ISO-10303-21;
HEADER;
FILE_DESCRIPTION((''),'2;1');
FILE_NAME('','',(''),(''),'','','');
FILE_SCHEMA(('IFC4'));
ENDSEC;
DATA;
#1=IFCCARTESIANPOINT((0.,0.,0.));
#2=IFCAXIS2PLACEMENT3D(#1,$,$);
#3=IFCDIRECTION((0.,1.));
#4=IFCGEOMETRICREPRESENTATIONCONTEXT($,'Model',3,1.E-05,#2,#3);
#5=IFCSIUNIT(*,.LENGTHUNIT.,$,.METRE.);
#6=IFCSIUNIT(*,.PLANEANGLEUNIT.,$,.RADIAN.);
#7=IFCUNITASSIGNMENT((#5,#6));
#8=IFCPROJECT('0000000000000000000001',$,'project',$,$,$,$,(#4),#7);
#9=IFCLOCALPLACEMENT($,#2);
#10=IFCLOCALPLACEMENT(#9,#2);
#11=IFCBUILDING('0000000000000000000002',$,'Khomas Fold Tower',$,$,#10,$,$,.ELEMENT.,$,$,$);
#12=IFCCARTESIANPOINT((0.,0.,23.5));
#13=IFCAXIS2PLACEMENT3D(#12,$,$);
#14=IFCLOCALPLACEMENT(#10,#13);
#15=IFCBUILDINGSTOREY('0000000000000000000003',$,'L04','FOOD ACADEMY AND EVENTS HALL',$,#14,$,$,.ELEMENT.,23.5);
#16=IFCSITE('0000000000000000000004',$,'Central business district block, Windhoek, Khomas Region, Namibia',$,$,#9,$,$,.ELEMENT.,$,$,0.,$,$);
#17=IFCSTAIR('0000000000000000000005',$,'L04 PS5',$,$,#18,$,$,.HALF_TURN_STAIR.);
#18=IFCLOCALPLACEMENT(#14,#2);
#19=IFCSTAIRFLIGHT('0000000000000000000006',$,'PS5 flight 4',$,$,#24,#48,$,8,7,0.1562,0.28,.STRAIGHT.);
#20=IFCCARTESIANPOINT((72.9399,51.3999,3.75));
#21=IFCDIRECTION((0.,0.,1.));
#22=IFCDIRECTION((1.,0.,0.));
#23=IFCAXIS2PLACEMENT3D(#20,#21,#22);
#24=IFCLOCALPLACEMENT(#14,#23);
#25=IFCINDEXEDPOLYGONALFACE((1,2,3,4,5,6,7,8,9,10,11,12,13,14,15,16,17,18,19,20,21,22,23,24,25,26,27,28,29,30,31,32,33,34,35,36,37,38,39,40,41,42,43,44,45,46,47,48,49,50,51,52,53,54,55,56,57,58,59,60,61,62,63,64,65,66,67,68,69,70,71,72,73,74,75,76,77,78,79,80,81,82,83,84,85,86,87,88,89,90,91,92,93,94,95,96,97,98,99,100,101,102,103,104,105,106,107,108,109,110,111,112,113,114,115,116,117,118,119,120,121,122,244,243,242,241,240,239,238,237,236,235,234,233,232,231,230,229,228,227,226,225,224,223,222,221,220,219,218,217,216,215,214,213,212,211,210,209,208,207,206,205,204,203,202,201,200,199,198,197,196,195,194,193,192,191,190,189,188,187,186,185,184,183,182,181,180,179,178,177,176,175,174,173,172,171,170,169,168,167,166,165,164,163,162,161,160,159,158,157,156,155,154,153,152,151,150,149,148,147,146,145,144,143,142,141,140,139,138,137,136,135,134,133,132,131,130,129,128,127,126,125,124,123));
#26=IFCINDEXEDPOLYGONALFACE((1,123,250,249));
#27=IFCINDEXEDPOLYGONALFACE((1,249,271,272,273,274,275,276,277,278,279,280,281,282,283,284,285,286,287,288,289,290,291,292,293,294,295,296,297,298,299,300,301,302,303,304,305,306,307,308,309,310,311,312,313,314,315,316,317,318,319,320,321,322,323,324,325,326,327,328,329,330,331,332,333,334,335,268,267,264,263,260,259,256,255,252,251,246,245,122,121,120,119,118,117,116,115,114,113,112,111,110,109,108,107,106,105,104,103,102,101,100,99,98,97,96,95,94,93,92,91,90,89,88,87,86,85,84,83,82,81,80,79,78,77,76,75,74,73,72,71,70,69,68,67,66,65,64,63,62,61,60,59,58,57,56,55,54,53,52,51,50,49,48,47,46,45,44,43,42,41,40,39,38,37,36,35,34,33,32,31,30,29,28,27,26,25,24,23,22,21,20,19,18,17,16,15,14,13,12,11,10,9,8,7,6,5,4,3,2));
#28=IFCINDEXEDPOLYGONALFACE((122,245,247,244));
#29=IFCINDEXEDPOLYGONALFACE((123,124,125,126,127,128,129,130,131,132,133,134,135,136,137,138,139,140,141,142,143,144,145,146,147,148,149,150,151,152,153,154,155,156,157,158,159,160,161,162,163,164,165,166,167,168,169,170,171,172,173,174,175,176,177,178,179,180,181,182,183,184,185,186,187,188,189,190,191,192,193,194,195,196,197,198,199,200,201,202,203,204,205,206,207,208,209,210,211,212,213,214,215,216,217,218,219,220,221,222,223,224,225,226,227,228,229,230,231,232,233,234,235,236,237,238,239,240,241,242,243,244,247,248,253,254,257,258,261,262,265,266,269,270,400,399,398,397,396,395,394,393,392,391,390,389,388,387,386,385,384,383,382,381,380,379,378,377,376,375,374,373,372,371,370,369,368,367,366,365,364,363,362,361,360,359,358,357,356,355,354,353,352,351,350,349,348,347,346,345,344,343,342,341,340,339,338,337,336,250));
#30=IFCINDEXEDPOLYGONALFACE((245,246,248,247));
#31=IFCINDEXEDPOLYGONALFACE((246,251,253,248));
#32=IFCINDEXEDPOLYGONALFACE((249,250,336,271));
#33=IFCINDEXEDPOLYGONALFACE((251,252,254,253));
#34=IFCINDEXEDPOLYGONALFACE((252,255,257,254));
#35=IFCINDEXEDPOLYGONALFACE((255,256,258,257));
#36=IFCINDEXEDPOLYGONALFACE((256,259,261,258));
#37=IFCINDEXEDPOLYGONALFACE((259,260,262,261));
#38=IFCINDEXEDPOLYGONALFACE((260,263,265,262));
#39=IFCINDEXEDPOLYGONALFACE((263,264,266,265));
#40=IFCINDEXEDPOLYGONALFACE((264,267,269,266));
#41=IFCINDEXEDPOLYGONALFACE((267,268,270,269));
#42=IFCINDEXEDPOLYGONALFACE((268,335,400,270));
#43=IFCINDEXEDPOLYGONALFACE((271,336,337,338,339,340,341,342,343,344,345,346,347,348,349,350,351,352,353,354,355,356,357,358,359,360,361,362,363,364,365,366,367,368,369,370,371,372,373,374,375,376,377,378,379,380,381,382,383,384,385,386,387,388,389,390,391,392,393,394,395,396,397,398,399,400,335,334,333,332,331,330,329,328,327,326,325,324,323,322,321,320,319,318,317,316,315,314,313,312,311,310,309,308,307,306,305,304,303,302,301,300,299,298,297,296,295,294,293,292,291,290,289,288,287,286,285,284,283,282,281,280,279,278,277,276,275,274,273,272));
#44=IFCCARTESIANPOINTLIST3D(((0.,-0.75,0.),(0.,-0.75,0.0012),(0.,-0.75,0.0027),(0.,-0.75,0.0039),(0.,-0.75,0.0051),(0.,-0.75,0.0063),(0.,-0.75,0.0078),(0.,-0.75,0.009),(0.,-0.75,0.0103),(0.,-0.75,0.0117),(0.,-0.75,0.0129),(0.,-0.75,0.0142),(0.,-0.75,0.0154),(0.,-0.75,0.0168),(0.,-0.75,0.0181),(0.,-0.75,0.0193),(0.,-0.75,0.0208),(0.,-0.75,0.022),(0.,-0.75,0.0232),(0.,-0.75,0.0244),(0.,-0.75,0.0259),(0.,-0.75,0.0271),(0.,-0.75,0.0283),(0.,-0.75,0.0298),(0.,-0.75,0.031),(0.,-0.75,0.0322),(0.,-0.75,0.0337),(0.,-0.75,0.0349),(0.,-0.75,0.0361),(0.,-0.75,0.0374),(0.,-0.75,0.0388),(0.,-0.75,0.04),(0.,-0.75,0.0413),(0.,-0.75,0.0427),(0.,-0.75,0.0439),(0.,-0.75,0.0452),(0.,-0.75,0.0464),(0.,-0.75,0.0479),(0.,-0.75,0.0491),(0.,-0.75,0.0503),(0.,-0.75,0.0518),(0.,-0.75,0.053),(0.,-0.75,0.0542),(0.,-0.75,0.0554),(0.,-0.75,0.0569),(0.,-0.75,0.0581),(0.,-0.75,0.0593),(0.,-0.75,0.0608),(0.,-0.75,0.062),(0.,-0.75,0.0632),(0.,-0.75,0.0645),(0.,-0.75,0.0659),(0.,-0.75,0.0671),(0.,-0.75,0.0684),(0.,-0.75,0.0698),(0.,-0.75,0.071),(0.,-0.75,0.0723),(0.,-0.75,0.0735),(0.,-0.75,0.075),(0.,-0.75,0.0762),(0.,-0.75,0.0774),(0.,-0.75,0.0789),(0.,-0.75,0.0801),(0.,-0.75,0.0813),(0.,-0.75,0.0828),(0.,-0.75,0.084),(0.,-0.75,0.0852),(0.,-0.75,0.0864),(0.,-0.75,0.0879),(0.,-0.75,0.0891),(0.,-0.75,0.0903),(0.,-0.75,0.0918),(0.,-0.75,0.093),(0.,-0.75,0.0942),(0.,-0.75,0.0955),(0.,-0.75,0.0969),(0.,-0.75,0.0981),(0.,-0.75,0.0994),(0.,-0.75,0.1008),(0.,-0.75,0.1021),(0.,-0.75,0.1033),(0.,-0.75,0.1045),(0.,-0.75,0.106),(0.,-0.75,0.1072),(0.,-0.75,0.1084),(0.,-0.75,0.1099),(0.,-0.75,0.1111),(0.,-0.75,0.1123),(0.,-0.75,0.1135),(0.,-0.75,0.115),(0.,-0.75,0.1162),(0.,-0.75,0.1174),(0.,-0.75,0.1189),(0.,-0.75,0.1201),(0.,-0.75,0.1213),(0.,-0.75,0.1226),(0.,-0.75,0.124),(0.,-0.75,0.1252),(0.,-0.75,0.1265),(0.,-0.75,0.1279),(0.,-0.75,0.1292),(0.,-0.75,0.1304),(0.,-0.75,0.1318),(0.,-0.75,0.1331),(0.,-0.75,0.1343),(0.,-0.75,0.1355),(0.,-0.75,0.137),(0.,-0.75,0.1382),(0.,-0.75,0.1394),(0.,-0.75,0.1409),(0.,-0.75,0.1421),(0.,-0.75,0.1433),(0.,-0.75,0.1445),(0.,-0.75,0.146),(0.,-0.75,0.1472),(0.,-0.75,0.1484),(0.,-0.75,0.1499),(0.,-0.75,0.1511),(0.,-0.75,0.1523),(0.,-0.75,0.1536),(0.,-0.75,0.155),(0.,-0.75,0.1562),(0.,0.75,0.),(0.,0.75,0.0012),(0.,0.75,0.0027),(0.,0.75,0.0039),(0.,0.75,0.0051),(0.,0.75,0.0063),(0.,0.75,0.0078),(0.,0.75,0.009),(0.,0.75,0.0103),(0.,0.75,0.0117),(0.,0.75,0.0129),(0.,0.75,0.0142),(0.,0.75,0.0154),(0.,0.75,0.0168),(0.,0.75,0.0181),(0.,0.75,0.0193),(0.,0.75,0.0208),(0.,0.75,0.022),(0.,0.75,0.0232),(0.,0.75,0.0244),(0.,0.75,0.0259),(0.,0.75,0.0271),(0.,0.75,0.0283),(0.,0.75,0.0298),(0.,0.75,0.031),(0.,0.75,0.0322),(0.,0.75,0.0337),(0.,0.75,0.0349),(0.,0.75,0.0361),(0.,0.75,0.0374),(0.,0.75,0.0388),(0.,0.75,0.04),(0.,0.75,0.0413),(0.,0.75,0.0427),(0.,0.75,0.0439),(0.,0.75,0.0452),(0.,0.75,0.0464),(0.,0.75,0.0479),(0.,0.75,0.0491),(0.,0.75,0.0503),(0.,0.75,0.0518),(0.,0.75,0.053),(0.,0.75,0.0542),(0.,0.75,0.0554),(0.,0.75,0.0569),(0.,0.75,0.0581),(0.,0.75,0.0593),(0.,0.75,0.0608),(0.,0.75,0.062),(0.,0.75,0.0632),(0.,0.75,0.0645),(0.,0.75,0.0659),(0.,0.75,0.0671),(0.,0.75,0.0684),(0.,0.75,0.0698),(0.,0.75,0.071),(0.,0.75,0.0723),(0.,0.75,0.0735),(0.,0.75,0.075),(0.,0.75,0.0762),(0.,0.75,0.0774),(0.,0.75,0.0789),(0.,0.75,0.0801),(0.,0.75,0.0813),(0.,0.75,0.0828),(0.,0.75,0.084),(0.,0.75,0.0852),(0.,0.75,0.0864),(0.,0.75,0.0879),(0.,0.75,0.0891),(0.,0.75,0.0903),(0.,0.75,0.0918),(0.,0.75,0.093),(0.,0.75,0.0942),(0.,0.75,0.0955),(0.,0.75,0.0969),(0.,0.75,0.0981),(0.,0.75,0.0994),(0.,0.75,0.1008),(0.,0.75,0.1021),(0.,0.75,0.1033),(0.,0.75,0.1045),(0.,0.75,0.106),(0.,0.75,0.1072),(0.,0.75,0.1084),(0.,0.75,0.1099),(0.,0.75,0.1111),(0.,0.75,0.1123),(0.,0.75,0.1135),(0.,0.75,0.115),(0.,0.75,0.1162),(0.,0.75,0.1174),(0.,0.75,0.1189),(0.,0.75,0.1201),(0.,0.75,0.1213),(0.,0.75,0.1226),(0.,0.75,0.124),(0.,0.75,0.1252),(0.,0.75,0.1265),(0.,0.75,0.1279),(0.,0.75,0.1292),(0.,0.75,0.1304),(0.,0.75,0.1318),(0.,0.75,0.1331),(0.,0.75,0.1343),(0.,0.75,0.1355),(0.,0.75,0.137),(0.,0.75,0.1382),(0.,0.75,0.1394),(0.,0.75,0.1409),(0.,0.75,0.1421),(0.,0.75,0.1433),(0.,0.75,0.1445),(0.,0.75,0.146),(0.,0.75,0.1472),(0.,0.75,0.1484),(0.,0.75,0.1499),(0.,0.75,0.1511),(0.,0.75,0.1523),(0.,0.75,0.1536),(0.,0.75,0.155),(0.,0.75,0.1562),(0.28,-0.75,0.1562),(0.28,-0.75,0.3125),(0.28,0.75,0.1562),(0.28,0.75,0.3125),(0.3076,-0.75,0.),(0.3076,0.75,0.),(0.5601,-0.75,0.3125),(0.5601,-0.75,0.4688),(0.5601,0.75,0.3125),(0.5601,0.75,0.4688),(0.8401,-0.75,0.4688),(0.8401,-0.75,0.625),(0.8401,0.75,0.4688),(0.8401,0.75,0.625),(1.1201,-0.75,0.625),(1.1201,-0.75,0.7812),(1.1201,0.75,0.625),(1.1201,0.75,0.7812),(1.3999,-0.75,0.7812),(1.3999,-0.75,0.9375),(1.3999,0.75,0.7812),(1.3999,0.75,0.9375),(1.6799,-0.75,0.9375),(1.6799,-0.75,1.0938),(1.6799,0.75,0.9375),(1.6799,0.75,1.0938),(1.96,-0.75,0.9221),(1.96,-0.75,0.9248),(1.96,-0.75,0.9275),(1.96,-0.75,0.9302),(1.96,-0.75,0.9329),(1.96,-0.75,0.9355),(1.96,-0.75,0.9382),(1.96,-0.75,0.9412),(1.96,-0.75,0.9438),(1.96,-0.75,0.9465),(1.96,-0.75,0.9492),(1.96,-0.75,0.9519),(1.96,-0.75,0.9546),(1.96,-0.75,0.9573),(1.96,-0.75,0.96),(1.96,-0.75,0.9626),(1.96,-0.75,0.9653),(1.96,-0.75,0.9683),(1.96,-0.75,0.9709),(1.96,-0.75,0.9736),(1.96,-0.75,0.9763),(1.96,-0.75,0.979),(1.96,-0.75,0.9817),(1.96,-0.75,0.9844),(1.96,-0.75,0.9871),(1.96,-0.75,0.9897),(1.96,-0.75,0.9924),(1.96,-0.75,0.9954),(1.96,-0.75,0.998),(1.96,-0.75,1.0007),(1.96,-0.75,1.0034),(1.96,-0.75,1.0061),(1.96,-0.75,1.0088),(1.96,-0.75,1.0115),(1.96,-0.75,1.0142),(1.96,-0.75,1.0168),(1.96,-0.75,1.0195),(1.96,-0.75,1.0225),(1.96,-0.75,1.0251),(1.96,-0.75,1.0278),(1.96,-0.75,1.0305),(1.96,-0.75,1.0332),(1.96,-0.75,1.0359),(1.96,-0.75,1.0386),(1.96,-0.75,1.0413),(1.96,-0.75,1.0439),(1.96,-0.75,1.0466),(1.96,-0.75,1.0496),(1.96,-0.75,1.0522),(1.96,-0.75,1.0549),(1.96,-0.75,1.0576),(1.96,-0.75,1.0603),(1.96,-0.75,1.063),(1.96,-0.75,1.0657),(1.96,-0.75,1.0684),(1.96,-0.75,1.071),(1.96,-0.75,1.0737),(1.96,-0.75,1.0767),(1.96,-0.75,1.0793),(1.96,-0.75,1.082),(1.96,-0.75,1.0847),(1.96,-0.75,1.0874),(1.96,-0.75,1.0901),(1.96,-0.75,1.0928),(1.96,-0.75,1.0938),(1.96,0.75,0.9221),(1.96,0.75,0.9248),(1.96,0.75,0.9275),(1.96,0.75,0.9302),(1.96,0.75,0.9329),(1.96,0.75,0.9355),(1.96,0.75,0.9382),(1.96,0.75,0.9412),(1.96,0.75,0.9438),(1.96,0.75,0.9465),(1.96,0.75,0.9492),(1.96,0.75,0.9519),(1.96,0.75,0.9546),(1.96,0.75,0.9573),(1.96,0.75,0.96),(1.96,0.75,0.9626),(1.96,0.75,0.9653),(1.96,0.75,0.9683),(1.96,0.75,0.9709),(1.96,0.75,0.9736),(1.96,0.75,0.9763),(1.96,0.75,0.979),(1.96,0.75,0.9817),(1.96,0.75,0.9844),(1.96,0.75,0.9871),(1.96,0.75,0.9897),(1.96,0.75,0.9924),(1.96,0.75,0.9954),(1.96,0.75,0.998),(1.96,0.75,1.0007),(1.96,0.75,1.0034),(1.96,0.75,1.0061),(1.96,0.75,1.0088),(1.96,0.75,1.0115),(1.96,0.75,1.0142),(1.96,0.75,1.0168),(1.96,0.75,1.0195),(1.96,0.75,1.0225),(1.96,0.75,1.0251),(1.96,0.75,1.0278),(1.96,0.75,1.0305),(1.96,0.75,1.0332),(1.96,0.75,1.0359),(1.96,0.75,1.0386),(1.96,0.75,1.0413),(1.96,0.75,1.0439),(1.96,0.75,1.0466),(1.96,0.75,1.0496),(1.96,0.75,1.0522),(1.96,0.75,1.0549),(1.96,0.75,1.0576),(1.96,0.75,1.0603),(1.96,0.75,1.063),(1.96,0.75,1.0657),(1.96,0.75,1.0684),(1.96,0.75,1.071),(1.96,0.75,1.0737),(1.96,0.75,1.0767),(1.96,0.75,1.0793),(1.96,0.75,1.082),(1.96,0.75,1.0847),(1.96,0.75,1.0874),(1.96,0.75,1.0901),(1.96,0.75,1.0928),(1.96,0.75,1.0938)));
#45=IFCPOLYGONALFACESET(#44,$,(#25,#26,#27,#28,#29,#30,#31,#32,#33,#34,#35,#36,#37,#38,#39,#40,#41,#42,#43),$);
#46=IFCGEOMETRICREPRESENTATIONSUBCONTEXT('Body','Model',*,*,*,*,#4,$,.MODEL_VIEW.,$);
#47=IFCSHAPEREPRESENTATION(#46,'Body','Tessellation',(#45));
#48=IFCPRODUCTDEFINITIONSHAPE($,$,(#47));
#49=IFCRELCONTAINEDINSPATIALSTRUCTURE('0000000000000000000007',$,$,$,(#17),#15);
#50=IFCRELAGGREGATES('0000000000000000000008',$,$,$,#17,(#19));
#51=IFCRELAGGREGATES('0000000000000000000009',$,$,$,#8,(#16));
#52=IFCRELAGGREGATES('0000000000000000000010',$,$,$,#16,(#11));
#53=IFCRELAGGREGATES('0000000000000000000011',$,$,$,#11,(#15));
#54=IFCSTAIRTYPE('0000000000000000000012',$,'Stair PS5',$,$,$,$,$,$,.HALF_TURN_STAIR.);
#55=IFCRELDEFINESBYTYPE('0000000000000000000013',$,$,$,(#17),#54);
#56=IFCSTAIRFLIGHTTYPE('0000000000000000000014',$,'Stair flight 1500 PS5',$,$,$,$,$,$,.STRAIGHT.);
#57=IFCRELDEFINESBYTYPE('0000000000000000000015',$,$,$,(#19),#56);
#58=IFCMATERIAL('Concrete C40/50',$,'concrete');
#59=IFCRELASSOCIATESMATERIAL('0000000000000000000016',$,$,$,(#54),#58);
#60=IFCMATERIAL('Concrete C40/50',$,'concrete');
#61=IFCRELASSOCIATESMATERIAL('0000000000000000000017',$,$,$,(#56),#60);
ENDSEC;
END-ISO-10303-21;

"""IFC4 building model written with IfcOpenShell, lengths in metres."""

from ifc_helpers import new_model, si_unit, direction, frame, origin, place, context, subcontext, project, spatial, polyline, outline, extrude, source, transform, mapped, material, type_object, element, aggregate, save


model = new_model("IFC4")

# Units and contexts
model_context = context("Model", 3, precision=1e-05, world=origin(), true_north=direction((0.0, 1.0)))
body_context = subcontext(model_context, "Body", "Model", "MODEL_VIEW")
ifc_project = project(units=[si_unit("LENGTHUNIT", "METRE"), si_unit("PLANEANGLEUNIT", "RADIAN")], contexts=[model_context])

# Site, building, storey
site_placement = place(None, origin())
site = spatial("IfcSite", under=ifc_project, at=site_placement, Name="Central business district block, Windhoek, Khomas Region, Namibia", CompositionType="ELEMENT", RefElevation=0.0)
building_placement = place(site_placement, origin())
building = spatial("IfcBuilding", under=site, at=building_placement, Name="Khomas Fold Tower", CompositionType="ELEMENT")
storey_placement = place(building_placement, frame((0.0, 0.0, 23.5)))
storey = spatial("IfcBuildingStorey", under=building, at=storey_placement, Name="L04", Description="FOOD ACADEMY AND EVENTS HALL", CompositionType="ELEMENT", Elevation=23.5)

# Stair, stair flight
ifc_material_1 = material(Name="Concrete C40/50", Category="concrete")
stair_type_1 = type_object("IfcStairType", Name="Stair PS5", PredefinedType="HALF_TURN_STAIR", material=ifc_material_1)
stair_1_placement = place(storey_placement, origin())
stair_1 = element("IfcStair", 1, at=stair_1_placement, inside=storey, type_object=stair_type_1, Name="L04 PS5", PredefinedType="HALF_TURN_STAIR")
ifc_material_2 = material(Name="Concrete C40/50", Category="concrete")
stair_flight_type_1 = type_object("IfcStairFlightType", Name="Stair flight 1500 PS5", PredefinedType="STRAIGHT", material=ifc_material_2)
shared_shape_1 = source(origin(), body_context, "Body", "SweptSolid", [
    extrude(outline(polyline([(0.0, 0.0), (0.0, 0.0012), (0.0, 0.0027), (0.0, 0.0039), (0.0, 0.0051), (0.0, 0.0063), (0.0, 0.0078), (0.0, 0.009), (0.0, 0.0103), (0.0, 0.0117), (0.0, 0.0129), (0.0, 0.0142), (0.0, 0.0154), (0.0, 0.0168), (0.0, 0.0181), (0.0, 0.0193), (0.0, 0.0208), (0.0, 0.022), (0.0, 0.0232), (0.0, 0.0244), (0.0, 0.0259), (0.0, 0.0271), (0.0, 0.0283), (0.0, 0.0298), (0.0, 0.031), (0.0, 0.0322), (0.0, 0.0337), (0.0, 0.0349), (0.0, 0.0361), (0.0, 0.0374), (0.0, 0.0388), (0.0, 0.04), (0.0, 0.0413), (0.0, 0.0427), (0.0, 0.0439), (0.0, 0.0452), (0.0, 0.0464), (0.0, 0.0479), (0.0, 0.0491), (0.0, 0.0503), (0.0, 0.0518), (0.0, 0.053), (0.0, 0.0542), (0.0, 0.0554), (0.0, 0.0569), (0.0, 0.0581), (0.0, 0.0593), (0.0, 0.0608), (0.0, 0.062), (0.0, 0.0632), (0.0, 0.0645), (0.0, 0.0659), (0.0, 0.0671), (0.0, 0.0684), (0.0, 0.0698), (0.0, 0.071), (0.0, 0.0723), (0.0, 0.0735), (0.0, 0.075), (0.0, 0.0762), (0.0, 0.0774), (0.0, 0.0789), (0.0, 0.0801), (0.0, 0.0813), (0.0, 0.0828), (0.0, 0.084), (0.0, 0.0852), (0.0, 0.0864), (0.0, 0.0879), (0.0, 0.0891), (0.0, 0.0903), (0.0, 0.0918), (0.0, 0.093), (0.0, 0.0942), (0.0, 0.0955), (0.0, 0.0969), (0.0, 0.0981), (0.0, 0.0994), (0.0, 0.1008), (0.0, 0.1021), (0.0, 0.1033), (0.0, 0.1045), (0.0, 0.106), (0.0, 0.1072), (0.0, 0.1084), (0.0, 0.1099), (0.0, 0.1111), (0.0, 0.1123), (0.0, 0.1135), (0.0, 0.115), (0.0, 0.1162), (0.0, 0.1174), (0.0, 0.1189), (0.0, 0.1201), (0.0, 0.1213), (0.0, 0.1226), (0.0, 0.124), (0.0, 0.1252), (0.0, 0.1265), (0.0, 0.1279), (0.0, 0.1292), (0.0, 0.1304), (0.0, 0.1318), (0.0, 0.1331), (0.0, 0.1343), (0.0, 0.1355), (0.0, 0.137), (0.0, 0.1382), (0.0, 0.1394), (0.0, 0.1409), (0.0, 0.1421), (0.0, 0.1433), (0.0, 0.1445), (0.0, 0.146), (0.0, 0.1472), (0.0, 0.1484), (0.0, 0.1499), (0.0, 0.1511), (0.0, 0.1523), (0.0, 0.1536), (0.0, 0.155), (0.0, 0.1562), (0.28, 0.1562), (0.28, 0.3125), (0.5601, 0.3125), (0.5601, 0.4688), (0.8401, 0.4688), (0.8401, 0.625), (1.1201, 0.625), (1.1201, 0.7812), (1.3999, 0.7812), (1.3999, 0.9375), (1.6799, 0.9375), (1.6799, 1.0938), (1.96, 1.0938), (1.96, 1.25), (1.96, 1.2473), (1.96, 1.2446), (1.96, 1.2419), (1.96, 1.2393), (1.96, 1.2363), (1.96, 1.2336), (1.96, 1.231), (1.96, 1.2283), (1.96, 1.2256), (1.96, 1.2229), (1.96, 1.2202), (1.96, 1.2175), (1.96, 1.2148), (1.96, 1.2122), (1.96, 1.2092), (1.96, 1.2065), (1.96, 1.2039), (1.96, 1.2012), (1.96, 1.1985), (1.96, 1.1958), (1.96, 1.1931), (1.96, 1.1904), (1.96, 1.1877), (1.96, 1.1851), (1.96, 1.1821), (1.96, 1.1794), (1.96, 1.1768), (1.96, 1.1741), (1.96, 1.1714), (1.96, 1.1687), (1.96, 1.166), (1.96, 1.1633), (1.96, 1.1606), (1.96, 1.158), (1.96, 1.155), (1.96, 1.1523), (1.96, 1.1497), (1.96, 1.147), (1.96, 1.1443), (1.96, 1.1416), (1.96, 1.1389), (1.96, 1.1362), (1.96, 1.1335), (1.96, 1.1309), (1.96, 1.1279), (1.96, 1.1252), (1.96, 1.1226), (1.96, 1.1199), (1.96, 1.1172), (1.96, 1.1145), (1.96, 1.1118), (1.96, 1.1091), (1.96, 1.1064), (1.96, 1.1038), (1.96, 1.1008), (1.96, 1.0981), (1.96, 1.0955), (1.96, 1.0928), (1.96, 1.0901), (1.96, 1.0874), (1.96, 1.0847), (1.96, 1.082), (1.96, 1.0793), (1.96, 1.0767), (1.96, 1.0737), (1.96, 1.071), (1.96, 1.0684), (1.96, 1.0657), (1.96, 1.063), (1.96, 1.0603), (1.96, 1.0576), (1.96, 1.0549), (1.96, 1.0522), (1.96, 1.0496), (1.96, 1.0466), (1.96, 1.0439), (1.96, 1.0413), (1.96, 1.0386), (1.96, 1.0359), (1.96, 1.0332), (1.96, 1.0305), (1.96, 1.0278), (1.96, 1.0251), (1.96, 1.0225), (1.96, 1.0195), (1.96, 1.0168), (1.96, 1.0142), (1.96, 1.0115), (1.96, 1.0088), (1.96, 1.0061), (1.96, 1.0034), (1.96, 1.0007), (1.96, 0.998), (1.96, 0.9954), (1.96, 0.9924), (1.96, 0.9897), (1.96, 0.9871), (1.96, 0.9844), (1.96, 0.9817), (1.96, 0.979), (1.96, 0.9763), (1.96, 0.9736), (1.96, 0.9709), (1.96, 0.9683), (1.96, 0.9653), (1.96, 0.9626), (1.96, 0.96), (1.96, 0.9573), (1.96, 0.9546), (1.96, 0.9519), (1.96, 0.9492), (1.96, 0.9465), (1.96, 0.9438), (1.96, 0.9412), (1.96, 0.9382), (1.96, 0.9355), (1.96, 0.9329), (1.96, 0.9302), (1.96, 0.9275), (1.96, 0.9248), (1.96, 0.9221), (0.3076, 0.0), (0.0, 0.0)])), frame((0.0, 0.75, 0.0), z_axis=(0.0, -1.0, 0.0), x_axis=(1.0, 0.0, 0.0)), (0.0, 0.0, 1.0), 1.5),
])
stair_flight_1_placement = place(storey_placement, frame((72.9399, 51.3999, 3.75), z_axis=(0.0, 0.0, 1.0), x_axis=(1.0, 0.0, 0.0)))
stair_flight_1 = element("IfcStairFlight", 2, at=stair_flight_1_placement, type_object=stair_flight_type_1, Name="PS5 flight 4", NumberOfRisers=8, NumberOfTreads=7, PredefinedType="STRAIGHT", RiserHeight=0.1562, TreadLength=0.28, context=body_context, shape_type="MappedRepresentation", body=[
    mapped(shared_shape_1, transform((0.0, 0.0, 0.0))),
])
aggregate(stair_1, [stair_flight_1])

save(model, "model.ifc")
